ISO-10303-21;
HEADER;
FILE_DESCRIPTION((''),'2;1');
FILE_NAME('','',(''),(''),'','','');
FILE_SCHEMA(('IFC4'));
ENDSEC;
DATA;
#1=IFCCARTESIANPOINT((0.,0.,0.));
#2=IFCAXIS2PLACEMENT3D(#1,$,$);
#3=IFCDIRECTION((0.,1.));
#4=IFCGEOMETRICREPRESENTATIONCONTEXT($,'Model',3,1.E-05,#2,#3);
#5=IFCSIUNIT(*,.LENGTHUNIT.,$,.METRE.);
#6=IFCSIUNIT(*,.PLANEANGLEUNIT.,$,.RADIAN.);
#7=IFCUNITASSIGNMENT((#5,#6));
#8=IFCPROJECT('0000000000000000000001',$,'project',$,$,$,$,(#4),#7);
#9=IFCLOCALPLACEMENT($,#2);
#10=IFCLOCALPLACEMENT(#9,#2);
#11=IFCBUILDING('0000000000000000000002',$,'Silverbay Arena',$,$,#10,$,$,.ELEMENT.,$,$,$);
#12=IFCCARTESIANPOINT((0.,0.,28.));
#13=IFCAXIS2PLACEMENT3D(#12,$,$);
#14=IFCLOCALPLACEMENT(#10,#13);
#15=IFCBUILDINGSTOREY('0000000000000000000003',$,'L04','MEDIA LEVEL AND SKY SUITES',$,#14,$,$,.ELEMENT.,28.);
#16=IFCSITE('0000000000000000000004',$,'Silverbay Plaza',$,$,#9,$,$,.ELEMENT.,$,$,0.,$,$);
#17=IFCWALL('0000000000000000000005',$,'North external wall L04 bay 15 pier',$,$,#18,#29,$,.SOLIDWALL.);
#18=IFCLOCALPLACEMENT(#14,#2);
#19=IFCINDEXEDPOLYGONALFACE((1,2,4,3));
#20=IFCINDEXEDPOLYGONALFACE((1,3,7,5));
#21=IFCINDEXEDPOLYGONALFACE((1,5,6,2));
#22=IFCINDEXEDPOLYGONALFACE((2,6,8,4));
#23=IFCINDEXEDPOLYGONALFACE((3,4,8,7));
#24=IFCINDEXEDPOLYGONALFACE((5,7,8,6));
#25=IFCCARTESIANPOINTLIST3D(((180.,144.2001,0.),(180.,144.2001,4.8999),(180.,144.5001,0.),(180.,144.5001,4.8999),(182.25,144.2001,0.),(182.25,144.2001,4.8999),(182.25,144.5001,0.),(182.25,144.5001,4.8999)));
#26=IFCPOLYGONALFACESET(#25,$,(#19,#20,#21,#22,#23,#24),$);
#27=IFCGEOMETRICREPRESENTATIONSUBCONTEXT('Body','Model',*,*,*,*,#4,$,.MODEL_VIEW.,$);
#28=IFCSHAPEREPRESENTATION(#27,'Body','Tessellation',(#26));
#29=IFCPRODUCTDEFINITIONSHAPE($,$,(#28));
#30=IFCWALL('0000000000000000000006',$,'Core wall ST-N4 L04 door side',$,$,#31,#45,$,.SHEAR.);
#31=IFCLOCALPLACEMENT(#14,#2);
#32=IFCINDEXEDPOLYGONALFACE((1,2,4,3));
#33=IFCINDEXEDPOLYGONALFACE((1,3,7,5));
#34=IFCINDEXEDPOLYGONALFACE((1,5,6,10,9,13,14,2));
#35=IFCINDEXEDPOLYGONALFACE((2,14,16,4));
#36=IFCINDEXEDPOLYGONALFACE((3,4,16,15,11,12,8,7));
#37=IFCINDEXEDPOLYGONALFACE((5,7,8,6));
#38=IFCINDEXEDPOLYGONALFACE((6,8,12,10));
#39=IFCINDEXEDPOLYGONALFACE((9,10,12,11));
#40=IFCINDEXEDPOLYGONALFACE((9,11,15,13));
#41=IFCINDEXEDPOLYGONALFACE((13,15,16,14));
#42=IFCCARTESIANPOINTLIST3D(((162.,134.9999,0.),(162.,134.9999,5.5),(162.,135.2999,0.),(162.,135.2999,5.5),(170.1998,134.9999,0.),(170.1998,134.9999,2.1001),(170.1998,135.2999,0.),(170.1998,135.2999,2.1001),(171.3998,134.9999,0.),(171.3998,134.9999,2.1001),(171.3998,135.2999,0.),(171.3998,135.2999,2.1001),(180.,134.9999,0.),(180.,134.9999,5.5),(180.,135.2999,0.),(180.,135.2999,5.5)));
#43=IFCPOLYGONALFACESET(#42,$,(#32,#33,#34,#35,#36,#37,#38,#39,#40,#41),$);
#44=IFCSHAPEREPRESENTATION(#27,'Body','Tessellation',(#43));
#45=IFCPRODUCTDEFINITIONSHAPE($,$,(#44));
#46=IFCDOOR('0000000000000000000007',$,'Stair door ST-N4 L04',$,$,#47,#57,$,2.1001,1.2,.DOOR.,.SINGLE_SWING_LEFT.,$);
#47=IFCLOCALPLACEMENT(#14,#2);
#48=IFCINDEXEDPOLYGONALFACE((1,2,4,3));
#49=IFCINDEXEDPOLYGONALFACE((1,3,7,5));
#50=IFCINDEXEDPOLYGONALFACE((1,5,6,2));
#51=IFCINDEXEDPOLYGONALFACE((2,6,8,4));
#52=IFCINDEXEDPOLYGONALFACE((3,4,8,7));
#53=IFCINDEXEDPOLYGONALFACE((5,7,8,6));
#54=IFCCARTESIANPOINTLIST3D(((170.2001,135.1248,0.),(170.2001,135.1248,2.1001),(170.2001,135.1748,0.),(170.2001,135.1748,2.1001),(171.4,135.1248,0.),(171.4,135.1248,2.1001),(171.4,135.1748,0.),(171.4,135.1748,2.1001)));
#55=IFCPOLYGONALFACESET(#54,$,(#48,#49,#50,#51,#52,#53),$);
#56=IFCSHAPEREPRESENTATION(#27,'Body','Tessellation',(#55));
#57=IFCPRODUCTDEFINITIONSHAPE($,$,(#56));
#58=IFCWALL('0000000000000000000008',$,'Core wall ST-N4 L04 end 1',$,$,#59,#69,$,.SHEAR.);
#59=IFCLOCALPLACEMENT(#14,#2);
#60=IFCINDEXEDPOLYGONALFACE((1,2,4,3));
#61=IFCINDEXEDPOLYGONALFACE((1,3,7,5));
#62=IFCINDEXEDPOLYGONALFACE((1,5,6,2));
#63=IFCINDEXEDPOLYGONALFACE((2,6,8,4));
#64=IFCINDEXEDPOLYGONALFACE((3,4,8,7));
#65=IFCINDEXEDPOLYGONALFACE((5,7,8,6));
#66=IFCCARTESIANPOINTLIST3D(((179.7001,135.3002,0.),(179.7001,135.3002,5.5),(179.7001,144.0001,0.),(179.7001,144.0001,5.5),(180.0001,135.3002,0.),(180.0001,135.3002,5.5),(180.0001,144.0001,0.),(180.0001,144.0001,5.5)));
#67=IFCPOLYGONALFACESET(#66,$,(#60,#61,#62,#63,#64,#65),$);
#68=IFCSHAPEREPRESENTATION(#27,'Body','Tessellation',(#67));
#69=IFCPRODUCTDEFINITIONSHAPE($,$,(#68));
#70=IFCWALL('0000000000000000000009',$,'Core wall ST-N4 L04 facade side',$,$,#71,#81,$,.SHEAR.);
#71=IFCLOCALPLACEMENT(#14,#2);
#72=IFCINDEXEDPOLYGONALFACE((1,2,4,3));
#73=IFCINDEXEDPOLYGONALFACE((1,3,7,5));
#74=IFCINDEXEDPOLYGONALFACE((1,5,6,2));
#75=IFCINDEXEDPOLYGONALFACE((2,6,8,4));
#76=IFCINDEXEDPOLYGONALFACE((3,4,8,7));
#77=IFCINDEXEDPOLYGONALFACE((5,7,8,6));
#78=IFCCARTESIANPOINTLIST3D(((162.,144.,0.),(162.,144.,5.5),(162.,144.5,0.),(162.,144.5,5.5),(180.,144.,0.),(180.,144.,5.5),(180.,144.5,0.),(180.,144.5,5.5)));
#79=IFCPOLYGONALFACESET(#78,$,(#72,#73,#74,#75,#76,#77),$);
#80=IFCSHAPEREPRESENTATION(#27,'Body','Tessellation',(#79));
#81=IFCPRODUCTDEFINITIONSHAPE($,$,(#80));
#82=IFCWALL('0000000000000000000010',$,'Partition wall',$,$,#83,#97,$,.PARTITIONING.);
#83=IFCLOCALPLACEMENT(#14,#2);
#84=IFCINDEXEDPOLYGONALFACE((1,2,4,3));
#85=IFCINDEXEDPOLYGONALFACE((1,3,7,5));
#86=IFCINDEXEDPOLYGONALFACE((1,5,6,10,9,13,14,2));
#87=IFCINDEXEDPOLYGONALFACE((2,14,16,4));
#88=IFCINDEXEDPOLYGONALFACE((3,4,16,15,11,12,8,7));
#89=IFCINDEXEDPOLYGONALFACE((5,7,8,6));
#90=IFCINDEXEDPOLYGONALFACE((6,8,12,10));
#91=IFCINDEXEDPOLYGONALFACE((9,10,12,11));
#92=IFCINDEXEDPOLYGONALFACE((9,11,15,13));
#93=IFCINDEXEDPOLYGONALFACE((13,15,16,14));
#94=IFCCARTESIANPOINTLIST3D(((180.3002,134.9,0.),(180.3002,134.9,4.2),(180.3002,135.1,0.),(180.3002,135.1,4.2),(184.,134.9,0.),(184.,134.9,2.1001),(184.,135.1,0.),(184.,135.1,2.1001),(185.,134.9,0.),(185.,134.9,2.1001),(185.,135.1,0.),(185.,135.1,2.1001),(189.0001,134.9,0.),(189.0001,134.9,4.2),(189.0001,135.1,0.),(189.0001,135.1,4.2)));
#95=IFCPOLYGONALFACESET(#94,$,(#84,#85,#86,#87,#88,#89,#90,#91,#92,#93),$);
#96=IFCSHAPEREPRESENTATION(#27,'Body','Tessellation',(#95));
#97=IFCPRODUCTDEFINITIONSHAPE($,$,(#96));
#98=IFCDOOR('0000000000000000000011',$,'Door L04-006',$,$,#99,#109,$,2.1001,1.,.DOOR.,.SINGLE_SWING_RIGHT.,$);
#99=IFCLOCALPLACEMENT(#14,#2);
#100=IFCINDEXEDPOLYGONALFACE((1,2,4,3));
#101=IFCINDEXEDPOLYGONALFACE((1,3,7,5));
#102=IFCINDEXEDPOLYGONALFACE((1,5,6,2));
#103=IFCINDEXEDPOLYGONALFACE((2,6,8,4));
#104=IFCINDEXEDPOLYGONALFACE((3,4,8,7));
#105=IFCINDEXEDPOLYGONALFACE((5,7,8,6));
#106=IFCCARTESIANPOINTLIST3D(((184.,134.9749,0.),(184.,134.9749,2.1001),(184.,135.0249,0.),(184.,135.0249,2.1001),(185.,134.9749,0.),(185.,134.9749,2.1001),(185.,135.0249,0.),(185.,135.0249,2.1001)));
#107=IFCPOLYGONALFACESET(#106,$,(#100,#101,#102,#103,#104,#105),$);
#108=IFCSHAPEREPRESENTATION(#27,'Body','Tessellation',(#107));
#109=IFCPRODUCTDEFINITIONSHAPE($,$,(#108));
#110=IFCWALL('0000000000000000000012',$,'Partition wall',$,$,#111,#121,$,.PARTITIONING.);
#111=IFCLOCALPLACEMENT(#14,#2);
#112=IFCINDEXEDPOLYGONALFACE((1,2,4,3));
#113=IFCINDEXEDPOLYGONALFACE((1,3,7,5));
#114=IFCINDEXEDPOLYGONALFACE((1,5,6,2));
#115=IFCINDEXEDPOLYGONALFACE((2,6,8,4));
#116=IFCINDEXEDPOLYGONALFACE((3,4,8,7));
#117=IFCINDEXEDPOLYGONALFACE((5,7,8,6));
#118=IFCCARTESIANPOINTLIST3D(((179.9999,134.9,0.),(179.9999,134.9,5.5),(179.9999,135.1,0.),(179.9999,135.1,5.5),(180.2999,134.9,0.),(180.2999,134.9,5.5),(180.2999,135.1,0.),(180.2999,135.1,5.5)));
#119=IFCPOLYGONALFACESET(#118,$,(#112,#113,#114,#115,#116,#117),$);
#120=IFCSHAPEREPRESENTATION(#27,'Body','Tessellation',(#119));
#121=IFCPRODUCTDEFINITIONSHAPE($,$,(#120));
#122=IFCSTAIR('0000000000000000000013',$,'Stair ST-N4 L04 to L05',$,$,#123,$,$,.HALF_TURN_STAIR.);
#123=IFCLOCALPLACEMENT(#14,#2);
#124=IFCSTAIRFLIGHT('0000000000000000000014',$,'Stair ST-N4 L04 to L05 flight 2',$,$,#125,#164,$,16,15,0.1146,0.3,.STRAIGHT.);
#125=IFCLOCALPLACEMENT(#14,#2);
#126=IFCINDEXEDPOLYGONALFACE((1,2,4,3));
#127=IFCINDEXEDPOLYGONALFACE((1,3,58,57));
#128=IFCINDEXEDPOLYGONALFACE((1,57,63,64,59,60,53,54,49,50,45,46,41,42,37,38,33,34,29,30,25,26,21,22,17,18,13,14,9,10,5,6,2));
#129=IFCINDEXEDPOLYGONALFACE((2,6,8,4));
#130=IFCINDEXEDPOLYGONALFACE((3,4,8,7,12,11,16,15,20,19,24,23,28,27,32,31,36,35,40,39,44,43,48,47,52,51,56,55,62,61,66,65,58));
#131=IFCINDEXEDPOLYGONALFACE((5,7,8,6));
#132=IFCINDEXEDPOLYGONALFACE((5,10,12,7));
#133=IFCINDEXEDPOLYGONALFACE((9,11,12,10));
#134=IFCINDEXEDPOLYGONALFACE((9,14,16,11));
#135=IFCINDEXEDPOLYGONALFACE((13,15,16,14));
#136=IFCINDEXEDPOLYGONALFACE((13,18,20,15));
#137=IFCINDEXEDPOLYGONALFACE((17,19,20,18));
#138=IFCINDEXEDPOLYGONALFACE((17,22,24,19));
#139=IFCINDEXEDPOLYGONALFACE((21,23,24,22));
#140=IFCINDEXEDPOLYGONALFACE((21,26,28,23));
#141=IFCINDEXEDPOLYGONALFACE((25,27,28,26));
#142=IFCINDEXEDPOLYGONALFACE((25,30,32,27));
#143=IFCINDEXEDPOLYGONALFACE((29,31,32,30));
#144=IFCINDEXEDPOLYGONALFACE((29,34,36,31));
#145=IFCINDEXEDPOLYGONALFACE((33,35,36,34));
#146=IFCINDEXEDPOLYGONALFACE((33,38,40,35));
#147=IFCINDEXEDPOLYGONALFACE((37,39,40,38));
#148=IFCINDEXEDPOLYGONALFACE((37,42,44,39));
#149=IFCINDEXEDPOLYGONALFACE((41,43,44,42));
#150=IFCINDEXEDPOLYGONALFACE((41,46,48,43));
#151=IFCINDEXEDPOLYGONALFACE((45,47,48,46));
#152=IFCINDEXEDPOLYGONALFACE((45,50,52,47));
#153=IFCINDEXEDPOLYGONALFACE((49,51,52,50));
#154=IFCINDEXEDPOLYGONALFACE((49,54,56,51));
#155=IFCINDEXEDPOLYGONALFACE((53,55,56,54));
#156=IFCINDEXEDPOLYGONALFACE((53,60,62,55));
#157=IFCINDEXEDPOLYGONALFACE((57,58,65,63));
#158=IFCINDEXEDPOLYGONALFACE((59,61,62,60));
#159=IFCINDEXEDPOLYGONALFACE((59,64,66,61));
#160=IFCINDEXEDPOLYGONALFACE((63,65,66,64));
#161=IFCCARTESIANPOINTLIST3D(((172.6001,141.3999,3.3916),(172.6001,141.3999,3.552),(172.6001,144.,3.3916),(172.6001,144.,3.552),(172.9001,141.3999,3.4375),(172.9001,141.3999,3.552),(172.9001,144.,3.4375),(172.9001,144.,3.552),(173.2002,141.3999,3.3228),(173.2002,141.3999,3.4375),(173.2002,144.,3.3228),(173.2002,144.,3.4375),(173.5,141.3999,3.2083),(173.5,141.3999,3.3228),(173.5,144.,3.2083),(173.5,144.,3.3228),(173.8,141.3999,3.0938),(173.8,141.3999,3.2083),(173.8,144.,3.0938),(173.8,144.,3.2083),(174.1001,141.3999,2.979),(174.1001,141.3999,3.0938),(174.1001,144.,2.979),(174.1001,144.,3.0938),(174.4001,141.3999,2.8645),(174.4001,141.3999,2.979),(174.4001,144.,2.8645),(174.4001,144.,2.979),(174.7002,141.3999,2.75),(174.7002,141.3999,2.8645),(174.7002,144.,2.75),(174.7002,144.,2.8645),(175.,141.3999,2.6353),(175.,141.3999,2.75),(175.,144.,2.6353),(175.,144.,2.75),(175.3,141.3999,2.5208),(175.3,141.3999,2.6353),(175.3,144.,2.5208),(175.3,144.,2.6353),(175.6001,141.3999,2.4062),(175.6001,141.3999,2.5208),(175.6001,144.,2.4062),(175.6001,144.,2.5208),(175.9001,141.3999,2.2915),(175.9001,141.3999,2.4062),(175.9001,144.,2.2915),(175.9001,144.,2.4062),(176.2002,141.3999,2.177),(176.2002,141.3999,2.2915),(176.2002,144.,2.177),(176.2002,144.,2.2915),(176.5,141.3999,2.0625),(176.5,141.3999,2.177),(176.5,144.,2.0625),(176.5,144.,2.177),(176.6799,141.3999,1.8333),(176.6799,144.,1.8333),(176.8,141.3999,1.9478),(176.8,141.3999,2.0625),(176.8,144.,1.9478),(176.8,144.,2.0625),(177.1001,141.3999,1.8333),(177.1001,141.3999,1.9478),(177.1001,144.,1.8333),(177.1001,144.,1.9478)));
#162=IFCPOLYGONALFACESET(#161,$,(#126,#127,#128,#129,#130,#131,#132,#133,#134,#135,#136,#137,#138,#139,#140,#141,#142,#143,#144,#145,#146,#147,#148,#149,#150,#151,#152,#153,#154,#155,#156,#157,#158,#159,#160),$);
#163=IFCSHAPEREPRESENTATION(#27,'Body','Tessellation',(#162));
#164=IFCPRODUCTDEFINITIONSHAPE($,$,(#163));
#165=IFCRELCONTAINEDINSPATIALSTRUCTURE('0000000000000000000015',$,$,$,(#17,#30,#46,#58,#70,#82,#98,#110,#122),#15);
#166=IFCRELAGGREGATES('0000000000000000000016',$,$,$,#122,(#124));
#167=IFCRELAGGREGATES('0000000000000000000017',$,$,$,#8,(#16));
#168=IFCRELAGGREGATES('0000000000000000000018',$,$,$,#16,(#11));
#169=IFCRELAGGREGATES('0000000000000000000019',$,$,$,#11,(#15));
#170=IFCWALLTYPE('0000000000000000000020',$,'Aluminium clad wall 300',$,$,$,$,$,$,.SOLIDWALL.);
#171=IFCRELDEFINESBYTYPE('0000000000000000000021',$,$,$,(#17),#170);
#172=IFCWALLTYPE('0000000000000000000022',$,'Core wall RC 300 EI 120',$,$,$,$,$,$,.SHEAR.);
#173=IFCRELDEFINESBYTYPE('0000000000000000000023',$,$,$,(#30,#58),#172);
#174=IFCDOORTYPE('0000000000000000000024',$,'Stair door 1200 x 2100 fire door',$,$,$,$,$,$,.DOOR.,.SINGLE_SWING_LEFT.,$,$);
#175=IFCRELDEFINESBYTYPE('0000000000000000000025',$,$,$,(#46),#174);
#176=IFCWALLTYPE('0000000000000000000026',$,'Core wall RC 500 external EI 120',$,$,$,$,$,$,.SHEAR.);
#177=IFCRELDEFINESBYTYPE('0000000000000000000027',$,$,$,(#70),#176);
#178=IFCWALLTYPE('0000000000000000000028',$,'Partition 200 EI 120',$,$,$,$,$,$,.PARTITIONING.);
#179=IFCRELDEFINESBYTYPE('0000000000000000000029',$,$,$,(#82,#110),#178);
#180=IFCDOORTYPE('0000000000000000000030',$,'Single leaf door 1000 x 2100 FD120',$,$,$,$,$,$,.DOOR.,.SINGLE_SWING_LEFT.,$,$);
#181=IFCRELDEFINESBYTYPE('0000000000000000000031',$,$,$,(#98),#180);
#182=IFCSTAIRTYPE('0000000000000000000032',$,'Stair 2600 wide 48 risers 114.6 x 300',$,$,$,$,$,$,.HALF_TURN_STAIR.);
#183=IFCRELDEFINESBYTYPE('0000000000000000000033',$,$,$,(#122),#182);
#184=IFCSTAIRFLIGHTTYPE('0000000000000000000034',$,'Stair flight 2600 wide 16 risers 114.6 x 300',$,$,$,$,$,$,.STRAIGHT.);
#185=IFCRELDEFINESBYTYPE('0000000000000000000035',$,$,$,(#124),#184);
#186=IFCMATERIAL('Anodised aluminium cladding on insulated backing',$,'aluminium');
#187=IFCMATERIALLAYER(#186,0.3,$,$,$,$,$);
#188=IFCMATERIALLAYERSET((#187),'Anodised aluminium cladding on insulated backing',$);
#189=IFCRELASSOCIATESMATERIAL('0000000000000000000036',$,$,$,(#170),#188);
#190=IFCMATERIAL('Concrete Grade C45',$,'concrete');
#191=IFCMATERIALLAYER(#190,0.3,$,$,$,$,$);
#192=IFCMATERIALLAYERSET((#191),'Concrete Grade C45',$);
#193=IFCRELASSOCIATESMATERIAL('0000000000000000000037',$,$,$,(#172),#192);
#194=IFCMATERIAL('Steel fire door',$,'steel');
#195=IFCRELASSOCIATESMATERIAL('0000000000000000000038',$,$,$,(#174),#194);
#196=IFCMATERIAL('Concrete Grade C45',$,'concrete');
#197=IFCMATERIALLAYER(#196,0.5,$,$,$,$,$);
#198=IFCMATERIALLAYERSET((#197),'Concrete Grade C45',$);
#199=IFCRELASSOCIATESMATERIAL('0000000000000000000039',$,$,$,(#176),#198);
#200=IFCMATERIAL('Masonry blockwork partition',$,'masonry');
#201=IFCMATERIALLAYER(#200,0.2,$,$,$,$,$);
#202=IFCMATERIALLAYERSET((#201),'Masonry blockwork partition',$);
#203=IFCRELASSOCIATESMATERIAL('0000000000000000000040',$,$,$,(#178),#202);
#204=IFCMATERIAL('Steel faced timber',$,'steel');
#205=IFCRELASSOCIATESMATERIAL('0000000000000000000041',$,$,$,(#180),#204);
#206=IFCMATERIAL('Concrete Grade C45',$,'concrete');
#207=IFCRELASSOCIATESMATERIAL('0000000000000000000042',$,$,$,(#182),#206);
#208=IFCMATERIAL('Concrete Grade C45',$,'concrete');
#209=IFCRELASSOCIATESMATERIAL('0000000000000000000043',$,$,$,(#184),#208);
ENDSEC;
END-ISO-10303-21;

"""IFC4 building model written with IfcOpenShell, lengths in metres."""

from ifc_helpers import new_model, si_unit, direction, frame, frame_2d, origin, place, context, subcontext, project, spatial, polyline, rectangle, outline, extrude, material, layer, layer_set, type_object, element, fill, aggregate, save


model = new_model("IFC4")

# Units and contexts
model_context = context("Model", 3, precision=1e-05, world=origin(), true_north=direction((0.0, 1.0)))
body_context = subcontext(model_context, "Body", "Model", "MODEL_VIEW")
ifc_project = project(units=[si_unit("LENGTHUNIT", "METRE"), si_unit("PLANEANGLEUNIT", "RADIAN")], contexts=[model_context])

# Site, building, storey
site_placement = place(None, origin())
site = spatial("IfcSite", under=ifc_project, at=site_placement, Name="Silverbay Plaza", CompositionType="ELEMENT", RefElevation=0.0)
building_placement = place(site_placement, origin())
building = spatial("IfcBuilding", under=site, at=building_placement, Name="Silverbay Arena", CompositionType="ELEMENT")
storey_placement = place(building_placement, frame((0.0, 0.0, 28.0)))
storey = spatial("IfcBuildingStorey", under=building, at=storey_placement, Name="L04", Description="MEDIA LEVEL AND SKY SUITES", CompositionType="ELEMENT", Elevation=28.0)

# Wall
ifc_material_1 = material(Name="Anodised aluminium cladding on insulated backing", Category="aluminium")
ifc_layer_1 = layer(ifc_material_1, 0.3)
ifc_layer_set_1 = layer_set([ifc_layer_1], Name="Anodised aluminium cladding on insulated backing")
wall_type_1 = type_object("IfcWallType", Name="Aluminium clad wall 300", PredefinedType="SOLIDWALL", material=ifc_layer_set_1)
wall_1_placement = place(storey_placement, frame((182.25, 144.3501, 0.0), z_axis=(0.0, 0.0, 1.0), x_axis=(-1.0, 0.0, 0.0)))
element("IfcWall", 1, at=wall_1_placement, inside=storey, type_object=wall_type_1, Name="North external wall L04 bay 15 pier", PredefinedType="SOLIDWALL", context=body_context, shape_type="SweptSolid", body=[
    extrude(rectangle(XDim=2.25, YDim=0.3, at=frame_2d((1.125, 0.0))), origin(), (0.0, 0.0, 1.0), 4.8999),
])

# Wall, opening, door
ifc_material_2 = material(Name="Concrete Grade C45", Category="concrete")
ifc_layer_2 = layer(ifc_material_2, 0.3)
ifc_layer_set_2 = layer_set([ifc_layer_2], Name="Concrete Grade C45")
wall_type_2 = type_object("IfcWallType", Name="Core wall RC 300 EI 120", PredefinedType="SHEAR", material=ifc_layer_set_2)
wall_2_placement = place(storey_placement, frame((180.0, 135.1499, 0.0), z_axis=(0.0, 0.0, 1.0), x_axis=(-1.0, 0.0, 0.0)))
wall_2 = element("IfcWall", 2, at=wall_2_placement, inside=storey, type_object=wall_type_2, Name="Core wall ST-N4 L04 door side", PredefinedType="SHEAR", context=body_context, shape_type="SweptSolid", body=[
    extrude(rectangle(XDim=18.0, YDim=0.3, at=frame_2d((9.0, 0.0))), origin(), (0.0, 0.0, 1.0), 5.5),
])
opening_1_placement = place(wall_2_placement, frame((8.6001, 0.0, 0.0)))
opening_1 = element("IfcOpeningElement", 3, at=opening_1_placement, cuts=wall_2, PredefinedType="OPENING", context=body_context, shape_type="SweptSolid", body=[
    extrude(rectangle(XDim=1.2, YDim=2.1001, at=frame_2d((0.6001, 1.05))), frame((0.0, 0.1602, 0.0), z_axis=(0.0, -1.0, 0.0), x_axis=(1.0, 0.0, 0.0)), (0.0, 0.0, 1.0), 0.3201),
])
ifc_material_3 = material(Name="Steel fire door", Category="steel")
door_type_1 = type_object("IfcDoorType", Name="Stair door 1200 x 2100 fire door", OperationType="SINGLE_SWING_LEFT", PredefinedType="DOOR", material=ifc_material_3)
door_1_placement = place(opening_1_placement, frame((1.2, 0.0, 0.0), z_axis=(0.0, 0.0, 1.0), x_axis=(-1.0, 0.0, 0.0)))
door_1 = element("IfcDoor", 4, at=door_1_placement, inside=storey, type_object=door_type_1, Name="Stair door ST-N4 L04", OperationType="SINGLE_SWING_LEFT", OverallHeight=2.1001, OverallWidth=1.2, PredefinedType="DOOR", context=body_context, shape_type="SweptSolid", body=[
    extrude(rectangle(XDim=1.2, YDim=2.1001, at=frame_2d((0.6001, 1.05))), frame((0.0, 0.0249, 0.0), z_axis=(0.0, -1.0, 0.0), x_axis=(1.0, 0.0, 0.0)), (0.0, 0.0, 1.0), 0.05),
])
fill(opening_1, door_1)

# Walls
wall_3_placement = place(storey_placement, frame((179.8501, 135.3, 0.0), z_axis=(0.0, 0.0, 1.0), x_axis=(0.0, 1.0, 0.0)))
element("IfcWall", 5, at=wall_3_placement, inside=storey, type_object=wall_type_2, Name="Core wall ST-N4 L04 end 1", PredefinedType="SHEAR", context=body_context, shape_type="SweptSolid", body=[
    extrude(rectangle(XDim=8.7, YDim=0.3, at=frame_2d((4.3501, 0.0))), origin(), (0.0, 0.0, 1.0), 5.5),
])
ifc_material_4 = material(Name="Concrete Grade C45", Category="concrete")
ifc_layer_3 = layer(ifc_material_4, 0.5)
ifc_layer_set_3 = layer_set([ifc_layer_3], Name="Concrete Grade C45")
wall_type_3 = type_object("IfcWallType", Name="Core wall RC 500 external EI 120", PredefinedType="SHEAR", material=ifc_layer_set_3)
wall_4_placement = place(storey_placement, frame((180.0, 144.25, 0.0), z_axis=(0.0, 0.0, 1.0), x_axis=(-1.0, 0.0, 0.0)))
element("IfcWall", 6, at=wall_4_placement, inside=storey, type_object=wall_type_3, Name="Core wall ST-N4 L04 facade side", PredefinedType="SHEAR", context=body_context, shape_type="SweptSolid", body=[
    extrude(rectangle(XDim=18.0, YDim=0.5, at=frame_2d((9.0, 0.0))), origin(), (0.0, 0.0, 1.0), 5.5),
])

# Wall, opening, door
ifc_material_5 = material(Name="Masonry blockwork partition", Category="masonry")
ifc_layer_4 = layer(ifc_material_5, 0.2)
ifc_layer_set_4 = layer_set([ifc_layer_4], Name="Masonry blockwork partition")
wall_type_4 = type_object("IfcWallType", Name="Partition 200 EI 120", PredefinedType="PARTITIONING", material=ifc_layer_set_4)
wall_5_placement = place(storey_placement, frame((180.3, 135.0, 0.0), z_axis=(0.0, 0.0, 1.0), x_axis=(1.0, 0.0, 0.0)))
wall_5 = element("IfcWall", 7, at=wall_5_placement, inside=storey, type_object=wall_type_4, Name="Partition wall", PredefinedType="PARTITIONING", context=body_context, shape_type="SweptSolid", body=[
    extrude(rectangle(XDim=8.7, YDim=0.2, at=frame_2d((4.3501, 0.0))), origin(), (0.0, 0.0, 1.0), 4.2),
])
opening_2_placement = place(wall_5_placement, frame((3.7, 0.0, 0.0)))
opening_2 = element("IfcOpeningElement", 8, at=opening_2_placement, cuts=wall_5, PredefinedType="OPENING", context=body_context, shape_type="SweptSolid", body=[
    extrude(rectangle(XDim=1.0, YDim=2.1001, at=frame_2d((0.5, 1.05))), frame((0.0, 0.1099, 0.0), z_axis=(0.0, -1.0, 0.0), x_axis=(1.0, 0.0, 0.0)), (0.0, 0.0, 1.0), 0.22),
])
ifc_material_6 = material(Name="Steel faced timber", Category="steel")
door_type_2 = type_object("IfcDoorType", Name="Single leaf door 1000 x 2100 FD120", OperationType="SINGLE_SWING_LEFT", PredefinedType="DOOR", material=ifc_material_6)
door_2_placement = place(opening_2_placement, origin())
door_2 = element("IfcDoor", 9, at=door_2_placement, inside=storey, type_object=door_type_2, Name="Door L04-006", OperationType="SINGLE_SWING_RIGHT", OverallHeight=2.1001, OverallWidth=1.0, PredefinedType="DOOR", context=body_context, shape_type="SweptSolid", body=[
    extrude(rectangle(XDim=1.0, YDim=2.1001, at=frame_2d((0.5, 1.05))), frame((0.0, 0.0249, 0.0), z_axis=(0.0, -1.0, 0.0), x_axis=(1.0, 0.0, 0.0)), (0.0, 0.0, 1.0), 0.05),
])
fill(opening_2, door_2)

# Wall
wall_6_placement = place(storey_placement, frame((180.0, 135.0, 0.0), z_axis=(0.0, 0.0, 1.0), x_axis=(1.0, 0.0, 0.0)))
element("IfcWall", 10, at=wall_6_placement, inside=storey, type_object=wall_type_4, Name="Partition wall", PredefinedType="PARTITIONING", context=body_context, shape_type="SweptSolid", body=[
    extrude(rectangle(XDim=0.3, YDim=0.2, at=frame_2d((0.1499, 0.0))), origin(), (0.0, 0.0, 1.0), 5.5),
])

# Stair, stair flight
ifc_material_7 = material(Name="Concrete Grade C45", Category="concrete")
stair_type = type_object("IfcStairType", Name="Stair 2600 wide 48 risers 114.6 x 300", PredefinedType="HALF_TURN_STAIR", material=ifc_material_7)
stair_placement = place(storey_placement, origin())
stair = element("IfcStair", 11, at=stair_placement, inside=storey, type_object=stair_type, Name="Stair ST-N4 L04 to L05", PredefinedType="HALF_TURN_STAIR")
ifc_material_8 = material(Name="Concrete Grade C45", Category="concrete")
stair_flight_type = type_object("IfcStairFlightType", Name="Stair flight 2600 wide 16 risers 114.6 x 300", PredefinedType="STRAIGHT", material=ifc_material_8)
stair_flight_placement = place(storey_placement, frame((177.1001, 142.7, 1.8333), z_axis=(0.0, 0.0, 1.0), x_axis=(-1.0, 0.0, 0.0)))
stair_flight = element("IfcStairFlight", 12, at=stair_flight_placement, type_object=stair_flight_type, Name="Stair ST-N4 L04 to L05 flight 2", NumberOfRisers=16, NumberOfTreads=15, PredefinedType="STRAIGHT", RiserHeight=0.1146, TreadLength=0.3, context=body_context, shape_type="SweptSolid", body=[
    extrude(outline(polyline([(0.0, 0.0), (0.0, 0.1145), (0.3, 0.1145), (0.3, 0.2292), (0.6001, 0.2292), (0.6001, 0.3438), (0.8999, 0.3438), (0.8999, 0.4583), (1.2, 0.4583), (1.2, 0.573), (1.5, 0.573), (1.5, 0.6875), (1.8, 0.6875), (1.8, 0.802), (2.1001, 0.802), (2.1001, 0.9167), (2.3999, 0.9167), (2.3999, 1.0312), (2.7, 1.0312), (2.7, 1.1458), (3.0, 1.1458), (3.0, 1.2605), (3.3, 1.2605), (3.3, 1.375), (3.6001, 1.375), (3.6001, 1.4895), (3.8999, 1.4895), (3.8999, 1.6042), (4.2, 1.6042), (4.2, 1.7188), (4.5, 1.7188), (4.5, 1.5583), (0.4202, 0.0), (0.0, 0.0)])), frame((0.0, 1.3, 0.0), z_axis=(0.0, -1.0, 0.0), x_axis=(1.0, 0.0, 0.0)), (0.0, 0.0, 1.0), 2.6001),
])
aggregate(stair, [stair_flight])

save(model, "model.ifc")
